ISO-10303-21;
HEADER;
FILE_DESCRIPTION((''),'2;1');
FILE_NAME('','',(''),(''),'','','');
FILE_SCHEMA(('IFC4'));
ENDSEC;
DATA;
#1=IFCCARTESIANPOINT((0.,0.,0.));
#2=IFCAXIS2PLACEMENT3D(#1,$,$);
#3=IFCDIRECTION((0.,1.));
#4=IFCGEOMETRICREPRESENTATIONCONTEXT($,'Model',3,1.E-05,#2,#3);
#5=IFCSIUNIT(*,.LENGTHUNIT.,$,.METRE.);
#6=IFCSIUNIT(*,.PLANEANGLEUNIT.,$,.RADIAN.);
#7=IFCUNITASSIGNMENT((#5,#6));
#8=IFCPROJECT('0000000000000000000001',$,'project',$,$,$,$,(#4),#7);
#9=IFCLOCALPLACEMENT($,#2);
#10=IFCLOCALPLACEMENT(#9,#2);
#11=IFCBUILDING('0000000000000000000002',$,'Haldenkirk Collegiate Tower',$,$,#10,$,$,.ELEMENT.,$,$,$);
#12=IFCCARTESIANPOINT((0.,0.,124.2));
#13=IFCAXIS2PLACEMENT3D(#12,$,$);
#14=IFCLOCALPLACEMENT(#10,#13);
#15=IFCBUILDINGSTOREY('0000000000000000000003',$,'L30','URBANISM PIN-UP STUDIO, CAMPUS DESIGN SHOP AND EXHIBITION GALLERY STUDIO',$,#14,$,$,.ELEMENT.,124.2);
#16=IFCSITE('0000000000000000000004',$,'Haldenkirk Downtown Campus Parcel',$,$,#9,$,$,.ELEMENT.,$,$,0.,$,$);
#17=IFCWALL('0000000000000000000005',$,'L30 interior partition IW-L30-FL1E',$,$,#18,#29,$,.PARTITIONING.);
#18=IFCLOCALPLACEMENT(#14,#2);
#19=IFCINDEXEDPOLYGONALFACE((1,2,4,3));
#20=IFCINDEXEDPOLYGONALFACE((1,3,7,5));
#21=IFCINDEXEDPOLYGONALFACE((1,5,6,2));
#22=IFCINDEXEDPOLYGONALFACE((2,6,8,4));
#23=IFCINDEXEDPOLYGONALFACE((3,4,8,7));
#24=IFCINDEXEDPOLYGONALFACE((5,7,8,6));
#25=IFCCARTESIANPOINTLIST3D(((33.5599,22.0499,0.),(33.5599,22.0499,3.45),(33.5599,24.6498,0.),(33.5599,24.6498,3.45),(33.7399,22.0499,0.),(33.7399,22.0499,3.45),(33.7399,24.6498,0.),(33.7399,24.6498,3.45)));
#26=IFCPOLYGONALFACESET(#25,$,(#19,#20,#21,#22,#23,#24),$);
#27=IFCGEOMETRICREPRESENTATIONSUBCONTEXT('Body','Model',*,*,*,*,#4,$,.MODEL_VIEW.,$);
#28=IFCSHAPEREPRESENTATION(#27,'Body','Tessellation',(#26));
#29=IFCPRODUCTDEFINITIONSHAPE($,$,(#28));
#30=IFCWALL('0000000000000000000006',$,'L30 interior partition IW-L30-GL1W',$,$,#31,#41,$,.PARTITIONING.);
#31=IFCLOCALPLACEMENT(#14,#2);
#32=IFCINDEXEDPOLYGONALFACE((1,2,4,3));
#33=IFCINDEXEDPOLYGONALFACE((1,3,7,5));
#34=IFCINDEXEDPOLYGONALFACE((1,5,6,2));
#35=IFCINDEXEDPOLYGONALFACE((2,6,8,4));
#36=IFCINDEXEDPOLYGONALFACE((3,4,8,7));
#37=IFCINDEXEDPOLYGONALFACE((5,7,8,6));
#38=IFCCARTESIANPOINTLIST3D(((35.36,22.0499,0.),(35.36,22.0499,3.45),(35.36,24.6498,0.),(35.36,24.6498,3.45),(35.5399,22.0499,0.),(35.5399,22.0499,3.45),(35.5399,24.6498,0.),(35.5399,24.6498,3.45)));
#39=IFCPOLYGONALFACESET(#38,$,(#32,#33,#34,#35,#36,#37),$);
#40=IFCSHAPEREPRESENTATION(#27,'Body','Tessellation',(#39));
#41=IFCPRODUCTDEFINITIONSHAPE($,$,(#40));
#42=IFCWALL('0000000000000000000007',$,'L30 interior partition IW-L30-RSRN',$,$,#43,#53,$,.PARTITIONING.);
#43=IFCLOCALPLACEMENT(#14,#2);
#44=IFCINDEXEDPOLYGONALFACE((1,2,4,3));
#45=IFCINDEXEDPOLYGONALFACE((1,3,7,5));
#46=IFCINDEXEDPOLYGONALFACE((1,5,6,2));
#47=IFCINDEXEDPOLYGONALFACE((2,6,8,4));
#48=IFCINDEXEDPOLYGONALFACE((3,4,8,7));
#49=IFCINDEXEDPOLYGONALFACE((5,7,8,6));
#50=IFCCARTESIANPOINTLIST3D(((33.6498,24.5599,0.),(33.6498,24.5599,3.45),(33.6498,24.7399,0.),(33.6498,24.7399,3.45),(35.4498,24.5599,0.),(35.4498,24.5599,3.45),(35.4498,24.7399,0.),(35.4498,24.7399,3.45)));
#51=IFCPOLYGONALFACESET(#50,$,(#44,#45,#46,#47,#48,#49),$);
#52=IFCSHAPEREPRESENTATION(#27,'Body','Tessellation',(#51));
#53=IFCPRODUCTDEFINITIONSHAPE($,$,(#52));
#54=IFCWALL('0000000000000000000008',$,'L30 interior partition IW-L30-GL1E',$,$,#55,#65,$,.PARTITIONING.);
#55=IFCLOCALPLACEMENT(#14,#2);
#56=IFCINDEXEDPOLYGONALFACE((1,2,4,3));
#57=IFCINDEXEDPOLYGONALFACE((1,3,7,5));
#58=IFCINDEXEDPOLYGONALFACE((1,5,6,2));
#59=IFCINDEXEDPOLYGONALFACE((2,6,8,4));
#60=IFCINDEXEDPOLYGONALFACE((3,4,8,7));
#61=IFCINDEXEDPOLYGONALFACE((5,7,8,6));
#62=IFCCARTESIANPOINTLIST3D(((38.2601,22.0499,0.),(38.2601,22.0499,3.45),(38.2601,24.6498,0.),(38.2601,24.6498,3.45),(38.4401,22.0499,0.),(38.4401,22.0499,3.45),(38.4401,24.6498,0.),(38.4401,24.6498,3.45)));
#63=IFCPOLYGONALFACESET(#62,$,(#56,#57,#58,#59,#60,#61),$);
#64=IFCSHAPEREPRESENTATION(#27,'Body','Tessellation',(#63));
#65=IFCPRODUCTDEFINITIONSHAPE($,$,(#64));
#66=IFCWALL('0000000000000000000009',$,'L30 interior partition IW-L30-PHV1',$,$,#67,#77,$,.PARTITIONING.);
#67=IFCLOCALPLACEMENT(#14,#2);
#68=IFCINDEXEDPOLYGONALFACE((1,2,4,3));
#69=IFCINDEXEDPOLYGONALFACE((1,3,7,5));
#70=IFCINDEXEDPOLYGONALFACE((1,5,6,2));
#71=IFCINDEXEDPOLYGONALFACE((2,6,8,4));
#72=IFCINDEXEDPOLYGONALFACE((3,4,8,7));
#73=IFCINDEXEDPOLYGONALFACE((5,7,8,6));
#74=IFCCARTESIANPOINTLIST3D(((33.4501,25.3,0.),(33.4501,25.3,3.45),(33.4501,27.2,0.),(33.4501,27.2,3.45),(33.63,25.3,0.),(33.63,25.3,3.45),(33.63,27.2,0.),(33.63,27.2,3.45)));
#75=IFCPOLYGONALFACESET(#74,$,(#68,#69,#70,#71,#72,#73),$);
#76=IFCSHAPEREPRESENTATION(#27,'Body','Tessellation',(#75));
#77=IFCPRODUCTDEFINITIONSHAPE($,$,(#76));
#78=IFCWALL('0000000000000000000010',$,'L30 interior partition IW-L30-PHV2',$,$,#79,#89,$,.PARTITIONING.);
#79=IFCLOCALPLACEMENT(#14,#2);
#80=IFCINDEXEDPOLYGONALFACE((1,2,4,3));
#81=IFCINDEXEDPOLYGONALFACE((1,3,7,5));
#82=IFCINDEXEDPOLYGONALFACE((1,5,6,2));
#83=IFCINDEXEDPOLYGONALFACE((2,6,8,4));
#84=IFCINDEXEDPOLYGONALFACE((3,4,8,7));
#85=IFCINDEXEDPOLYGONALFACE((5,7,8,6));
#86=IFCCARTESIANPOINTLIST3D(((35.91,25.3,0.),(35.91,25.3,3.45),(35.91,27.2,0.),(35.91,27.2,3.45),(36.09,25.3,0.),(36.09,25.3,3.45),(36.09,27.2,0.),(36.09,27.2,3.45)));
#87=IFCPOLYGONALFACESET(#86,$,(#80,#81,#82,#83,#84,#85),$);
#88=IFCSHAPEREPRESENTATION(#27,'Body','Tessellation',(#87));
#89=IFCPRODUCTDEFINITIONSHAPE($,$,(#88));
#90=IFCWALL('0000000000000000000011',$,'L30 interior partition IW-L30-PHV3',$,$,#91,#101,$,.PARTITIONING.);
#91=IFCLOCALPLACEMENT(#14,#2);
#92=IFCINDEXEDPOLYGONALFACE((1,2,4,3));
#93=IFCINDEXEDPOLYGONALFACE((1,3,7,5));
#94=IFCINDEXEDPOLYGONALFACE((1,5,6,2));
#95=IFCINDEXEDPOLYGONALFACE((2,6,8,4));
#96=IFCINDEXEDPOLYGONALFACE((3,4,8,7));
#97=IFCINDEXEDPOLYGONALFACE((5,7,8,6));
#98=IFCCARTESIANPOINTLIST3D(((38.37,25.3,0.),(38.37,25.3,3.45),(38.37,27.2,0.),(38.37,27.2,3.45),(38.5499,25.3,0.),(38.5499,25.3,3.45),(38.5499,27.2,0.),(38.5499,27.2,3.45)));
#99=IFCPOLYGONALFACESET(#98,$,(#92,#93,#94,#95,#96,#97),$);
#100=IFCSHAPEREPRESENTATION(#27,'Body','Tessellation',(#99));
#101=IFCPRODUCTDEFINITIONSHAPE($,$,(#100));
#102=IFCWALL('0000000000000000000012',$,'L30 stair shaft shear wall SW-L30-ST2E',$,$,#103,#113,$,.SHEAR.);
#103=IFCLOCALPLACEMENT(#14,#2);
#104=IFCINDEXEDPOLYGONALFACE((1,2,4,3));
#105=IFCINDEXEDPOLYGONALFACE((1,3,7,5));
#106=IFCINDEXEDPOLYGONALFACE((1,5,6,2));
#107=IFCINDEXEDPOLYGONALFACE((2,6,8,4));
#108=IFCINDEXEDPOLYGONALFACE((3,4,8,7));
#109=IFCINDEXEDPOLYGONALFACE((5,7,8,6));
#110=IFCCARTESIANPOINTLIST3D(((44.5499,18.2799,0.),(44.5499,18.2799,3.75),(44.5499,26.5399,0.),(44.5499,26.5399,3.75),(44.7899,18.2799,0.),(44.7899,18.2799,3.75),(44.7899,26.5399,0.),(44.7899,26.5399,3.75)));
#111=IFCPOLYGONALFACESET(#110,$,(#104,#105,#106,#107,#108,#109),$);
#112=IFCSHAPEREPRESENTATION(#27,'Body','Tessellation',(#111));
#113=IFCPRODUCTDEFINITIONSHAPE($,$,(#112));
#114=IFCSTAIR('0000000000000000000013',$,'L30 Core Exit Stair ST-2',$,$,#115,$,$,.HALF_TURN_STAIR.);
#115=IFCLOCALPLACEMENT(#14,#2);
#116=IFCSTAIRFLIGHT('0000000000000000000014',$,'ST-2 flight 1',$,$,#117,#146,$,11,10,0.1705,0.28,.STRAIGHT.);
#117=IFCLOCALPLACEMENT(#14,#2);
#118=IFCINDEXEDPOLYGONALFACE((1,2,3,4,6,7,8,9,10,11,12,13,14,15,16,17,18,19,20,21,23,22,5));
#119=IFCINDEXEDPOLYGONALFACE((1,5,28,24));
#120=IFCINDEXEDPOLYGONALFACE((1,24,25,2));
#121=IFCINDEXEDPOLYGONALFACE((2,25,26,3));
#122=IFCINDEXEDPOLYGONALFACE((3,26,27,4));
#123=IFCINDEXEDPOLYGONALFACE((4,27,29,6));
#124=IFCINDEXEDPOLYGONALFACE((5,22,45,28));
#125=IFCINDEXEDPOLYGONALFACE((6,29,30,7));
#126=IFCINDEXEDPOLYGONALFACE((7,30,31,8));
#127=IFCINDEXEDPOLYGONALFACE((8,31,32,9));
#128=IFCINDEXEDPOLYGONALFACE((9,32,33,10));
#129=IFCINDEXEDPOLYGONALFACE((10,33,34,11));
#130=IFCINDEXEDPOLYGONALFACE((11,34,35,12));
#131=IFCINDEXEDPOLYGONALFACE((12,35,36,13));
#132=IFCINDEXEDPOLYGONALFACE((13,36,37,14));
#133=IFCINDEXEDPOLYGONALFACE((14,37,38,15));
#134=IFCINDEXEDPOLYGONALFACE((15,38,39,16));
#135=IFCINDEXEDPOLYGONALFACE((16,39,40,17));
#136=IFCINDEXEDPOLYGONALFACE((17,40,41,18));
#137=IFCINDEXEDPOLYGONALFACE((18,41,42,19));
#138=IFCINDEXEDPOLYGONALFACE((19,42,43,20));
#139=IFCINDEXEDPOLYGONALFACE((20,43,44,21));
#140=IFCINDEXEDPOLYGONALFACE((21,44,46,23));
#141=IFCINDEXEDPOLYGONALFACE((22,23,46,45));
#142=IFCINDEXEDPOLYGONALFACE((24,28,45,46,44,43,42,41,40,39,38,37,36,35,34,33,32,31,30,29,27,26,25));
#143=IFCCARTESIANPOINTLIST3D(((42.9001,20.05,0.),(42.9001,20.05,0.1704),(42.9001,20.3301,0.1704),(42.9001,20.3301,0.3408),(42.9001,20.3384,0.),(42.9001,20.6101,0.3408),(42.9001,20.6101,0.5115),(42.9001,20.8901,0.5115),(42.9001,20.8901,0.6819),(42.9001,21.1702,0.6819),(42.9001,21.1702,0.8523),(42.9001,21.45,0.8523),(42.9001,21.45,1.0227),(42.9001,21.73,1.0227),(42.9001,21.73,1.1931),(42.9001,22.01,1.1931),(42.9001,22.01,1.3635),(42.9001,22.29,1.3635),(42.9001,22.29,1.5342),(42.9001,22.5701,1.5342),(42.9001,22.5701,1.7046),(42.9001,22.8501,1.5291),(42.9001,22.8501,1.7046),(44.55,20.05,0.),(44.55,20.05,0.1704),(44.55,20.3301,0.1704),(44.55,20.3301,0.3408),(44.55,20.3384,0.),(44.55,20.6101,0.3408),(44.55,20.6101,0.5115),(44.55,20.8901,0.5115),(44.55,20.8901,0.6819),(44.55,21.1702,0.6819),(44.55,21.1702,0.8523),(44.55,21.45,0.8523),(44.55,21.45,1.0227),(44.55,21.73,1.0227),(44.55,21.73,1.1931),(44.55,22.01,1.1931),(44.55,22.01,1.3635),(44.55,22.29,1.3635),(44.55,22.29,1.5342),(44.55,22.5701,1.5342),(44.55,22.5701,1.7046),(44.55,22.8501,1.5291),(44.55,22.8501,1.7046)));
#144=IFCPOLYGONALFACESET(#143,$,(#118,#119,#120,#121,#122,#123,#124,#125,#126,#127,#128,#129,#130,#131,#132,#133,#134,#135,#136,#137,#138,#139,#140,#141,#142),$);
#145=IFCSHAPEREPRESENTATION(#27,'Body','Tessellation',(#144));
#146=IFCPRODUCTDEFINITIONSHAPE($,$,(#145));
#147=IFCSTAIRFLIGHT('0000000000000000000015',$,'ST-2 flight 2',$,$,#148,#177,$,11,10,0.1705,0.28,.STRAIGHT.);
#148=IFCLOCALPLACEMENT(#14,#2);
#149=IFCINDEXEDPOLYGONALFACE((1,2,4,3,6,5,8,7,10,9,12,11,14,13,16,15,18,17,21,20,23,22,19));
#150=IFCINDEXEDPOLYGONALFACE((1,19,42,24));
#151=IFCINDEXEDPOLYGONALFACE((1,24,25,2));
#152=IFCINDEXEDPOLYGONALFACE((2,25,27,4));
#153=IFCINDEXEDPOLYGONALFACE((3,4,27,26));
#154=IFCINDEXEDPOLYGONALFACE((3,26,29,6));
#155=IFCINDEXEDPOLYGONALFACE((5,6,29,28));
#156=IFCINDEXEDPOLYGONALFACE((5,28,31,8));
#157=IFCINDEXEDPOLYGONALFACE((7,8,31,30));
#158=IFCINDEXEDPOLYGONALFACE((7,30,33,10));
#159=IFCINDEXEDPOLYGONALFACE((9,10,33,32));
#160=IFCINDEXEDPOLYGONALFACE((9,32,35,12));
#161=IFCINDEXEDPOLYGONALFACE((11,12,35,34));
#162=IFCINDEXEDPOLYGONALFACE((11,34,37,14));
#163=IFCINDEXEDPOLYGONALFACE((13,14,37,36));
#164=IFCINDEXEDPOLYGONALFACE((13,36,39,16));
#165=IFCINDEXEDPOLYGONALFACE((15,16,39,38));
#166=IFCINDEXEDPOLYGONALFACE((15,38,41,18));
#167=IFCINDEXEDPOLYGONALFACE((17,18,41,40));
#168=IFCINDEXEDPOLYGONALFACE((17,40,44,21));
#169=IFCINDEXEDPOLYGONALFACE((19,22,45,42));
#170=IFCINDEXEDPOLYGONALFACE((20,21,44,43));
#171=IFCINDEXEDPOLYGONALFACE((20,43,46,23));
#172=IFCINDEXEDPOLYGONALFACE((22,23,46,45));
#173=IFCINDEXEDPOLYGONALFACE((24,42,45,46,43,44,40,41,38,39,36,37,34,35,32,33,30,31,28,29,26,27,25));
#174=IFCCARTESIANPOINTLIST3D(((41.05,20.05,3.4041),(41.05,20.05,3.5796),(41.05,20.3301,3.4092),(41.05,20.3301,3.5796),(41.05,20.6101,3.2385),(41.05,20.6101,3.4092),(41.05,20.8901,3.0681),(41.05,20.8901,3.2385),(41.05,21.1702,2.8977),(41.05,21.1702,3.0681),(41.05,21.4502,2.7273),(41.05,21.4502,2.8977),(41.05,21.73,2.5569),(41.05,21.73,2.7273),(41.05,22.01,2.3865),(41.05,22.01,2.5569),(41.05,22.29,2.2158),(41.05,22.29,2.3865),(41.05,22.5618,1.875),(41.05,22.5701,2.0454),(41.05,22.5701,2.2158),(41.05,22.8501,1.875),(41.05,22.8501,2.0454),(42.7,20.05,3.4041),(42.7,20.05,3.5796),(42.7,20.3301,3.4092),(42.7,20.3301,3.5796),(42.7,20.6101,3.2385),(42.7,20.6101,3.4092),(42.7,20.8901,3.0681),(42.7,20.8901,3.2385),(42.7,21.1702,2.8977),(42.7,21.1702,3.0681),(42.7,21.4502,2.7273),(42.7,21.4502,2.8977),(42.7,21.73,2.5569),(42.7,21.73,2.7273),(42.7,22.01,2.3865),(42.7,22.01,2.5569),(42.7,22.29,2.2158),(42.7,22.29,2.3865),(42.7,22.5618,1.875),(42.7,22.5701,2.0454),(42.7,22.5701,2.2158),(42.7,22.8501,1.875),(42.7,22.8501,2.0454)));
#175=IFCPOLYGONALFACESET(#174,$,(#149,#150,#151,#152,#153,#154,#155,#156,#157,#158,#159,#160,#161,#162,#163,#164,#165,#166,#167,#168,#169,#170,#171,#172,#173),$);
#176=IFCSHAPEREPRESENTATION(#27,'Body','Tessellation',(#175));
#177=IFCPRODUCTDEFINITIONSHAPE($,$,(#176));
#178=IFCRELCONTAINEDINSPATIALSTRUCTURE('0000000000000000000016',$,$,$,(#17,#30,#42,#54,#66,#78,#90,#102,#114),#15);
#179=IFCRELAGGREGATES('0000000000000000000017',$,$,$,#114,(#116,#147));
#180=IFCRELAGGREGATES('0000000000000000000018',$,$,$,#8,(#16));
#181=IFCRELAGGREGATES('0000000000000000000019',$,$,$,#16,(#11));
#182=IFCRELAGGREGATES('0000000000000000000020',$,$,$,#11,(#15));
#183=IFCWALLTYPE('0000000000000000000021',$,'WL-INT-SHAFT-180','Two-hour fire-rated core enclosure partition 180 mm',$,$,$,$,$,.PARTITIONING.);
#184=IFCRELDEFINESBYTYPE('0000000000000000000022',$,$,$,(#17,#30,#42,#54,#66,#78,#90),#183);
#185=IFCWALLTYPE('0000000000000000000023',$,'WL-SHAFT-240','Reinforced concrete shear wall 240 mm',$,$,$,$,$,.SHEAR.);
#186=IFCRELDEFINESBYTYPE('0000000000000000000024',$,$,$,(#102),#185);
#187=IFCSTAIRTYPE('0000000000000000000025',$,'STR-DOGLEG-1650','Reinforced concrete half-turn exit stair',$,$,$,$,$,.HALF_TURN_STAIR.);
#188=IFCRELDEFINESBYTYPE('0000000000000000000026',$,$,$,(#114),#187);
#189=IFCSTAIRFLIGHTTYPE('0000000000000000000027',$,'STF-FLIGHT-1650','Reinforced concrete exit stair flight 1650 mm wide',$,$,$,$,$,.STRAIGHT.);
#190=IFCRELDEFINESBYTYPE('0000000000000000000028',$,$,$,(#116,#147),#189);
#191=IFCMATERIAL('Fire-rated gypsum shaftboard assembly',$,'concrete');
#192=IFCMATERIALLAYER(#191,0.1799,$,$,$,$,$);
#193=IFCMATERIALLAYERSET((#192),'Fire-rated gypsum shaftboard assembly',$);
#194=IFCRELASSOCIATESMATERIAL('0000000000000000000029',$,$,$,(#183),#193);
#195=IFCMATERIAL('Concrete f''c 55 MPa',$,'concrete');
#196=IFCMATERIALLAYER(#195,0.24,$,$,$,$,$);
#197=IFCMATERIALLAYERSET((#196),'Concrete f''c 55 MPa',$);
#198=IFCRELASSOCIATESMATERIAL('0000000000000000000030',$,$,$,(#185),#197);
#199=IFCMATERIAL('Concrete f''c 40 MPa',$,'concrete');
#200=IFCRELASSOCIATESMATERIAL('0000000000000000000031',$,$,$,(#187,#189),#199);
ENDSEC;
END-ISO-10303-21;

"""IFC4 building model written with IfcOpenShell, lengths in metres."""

from ifc_helpers import new_model, si_unit, direction, frame, frame_2d, origin, place, context, subcontext, project, spatial, polyline, rectangle, outline, extrude, material, layer, layer_set, type_object, element, aggregate, save


model = new_model("IFC4")

# Units and contexts
model_context = context("Model", 3, precision=1e-05, world=origin(), true_north=direction((0.0, 1.0)))
body_context = subcontext(model_context, "Body", "Model", "MODEL_VIEW")
ifc_project = project(units=[si_unit("LENGTHUNIT", "METRE"), si_unit("PLANEANGLEUNIT", "RADIAN")], contexts=[model_context])

# Site, building, storey
site_placement = place(None, origin())
site = spatial("IfcSite", under=ifc_project, at=site_placement, Name="Haldenkirk Downtown Campus Parcel", CompositionType="ELEMENT", RefElevation=0.0)
building_placement = place(site_placement, origin())
building = spatial("IfcBuilding", under=site, at=building_placement, Name="Haldenkirk Collegiate Tower", CompositionType="ELEMENT")
storey_placement = place(building_placement, frame((0.0, 0.0, 124.2)))
storey = spatial("IfcBuildingStorey", under=building, at=storey_placement, Name="L30", Description="URBANISM PIN-UP STUDIO, CAMPUS DESIGN SHOP AND EXHIBITION GALLERY STUDIO", CompositionType="ELEMENT", Elevation=124.2)

# Walls
ifc_material_1 = material(Name="Fire-rated gypsum shaftboard assembly", Category="concrete")
ifc_layer_1 = layer(ifc_material_1, 0.1799)
ifc_layer_set_1 = layer_set([ifc_layer_1], Name="Fire-rated gypsum shaftboard assembly")
wall_type_1 = type_object("IfcWallType", Name="WL-INT-SHAFT-180", Description="Two-hour fire-rated core enclosure partition 180 mm", PredefinedType="PARTITIONING", material=ifc_layer_set_1)
for number, where, z_axis, x_axis, name in (
    (1, (33.6499, 22.05, 0.0), (0.0, 0.0, 1.0), (0.0, 1.0, 0.0), "L30 interior partition IW-L30-FL1E"),
    (2, (35.45, 22.05, 0.0), (0.0, 0.0, 1.0), (0.0, 1.0, 0.0), "L30 interior partition IW-L30-GL1W"),
):
    element("IfcWall", number, at=place(storey_placement, frame(where, z_axis=z_axis, x_axis=x_axis)), inside=storey, type_object=wall_type_1, Name=name, PredefinedType="PARTITIONING", context=body_context, shape_type="SweptSolid", body=[
        extrude(rectangle(XDim=2.5999, YDim=0.1799, at=frame_2d((1.2998, 0.0))), origin(), (0.0, 0.0, 1.0), 3.45),
    ])
wall_1_placement = place(storey_placement, frame((33.6499, 24.6499, 0.0), z_axis=(0.0, 0.0, 1.0), x_axis=(1.0, 0.0, 0.0)))
element("IfcWall", 3, at=wall_1_placement, inside=storey, type_object=wall_type_1, Name="L30 interior partition IW-L30-RSRN", PredefinedType="PARTITIONING", context=body_context, shape_type="SweptSolid", body=[
    extrude(rectangle(XDim=1.8, YDim=0.1799, at=frame_2d((0.8999, 0.0))), origin(), (0.0, 0.0, 1.0), 3.45),
])
wall_2_placement = place(storey_placement, frame((38.3501, 22.05, 0.0), z_axis=(0.0, 0.0, 1.0), x_axis=(0.0, 1.0, 0.0)))
element("IfcWall", 4, at=wall_2_placement, inside=storey, type_object=wall_type_1, Name="L30 interior partition IW-L30-GL1E", PredefinedType="PARTITIONING", context=body_context, shape_type="SweptSolid", body=[
    extrude(rectangle(XDim=2.5999, YDim=0.1799, at=frame_2d((1.2998, 0.0))), origin(), (0.0, 0.0, 1.0), 3.45),
])
for number, where, z_axis, x_axis, name in (
    (5, (33.54, 25.3, 0.0), (0.0, 0.0, 1.0), (0.0, 1.0, 0.0), "L30 interior partition IW-L30-PHV1"),
    (6, (36.0, 25.3, 0.0), (0.0, 0.0, 1.0), (0.0, 1.0, 0.0), "L30 interior partition IW-L30-PHV2"),
    (7, (38.46, 25.3, 0.0), (0.0, 0.0, 1.0), (0.0, 1.0, 0.0), "L30 interior partition IW-L30-PHV3"),
):
    element("IfcWall", number, at=place(storey_placement, frame(where, z_axis=z_axis, x_axis=x_axis)), inside=storey, type_object=wall_type_1, Name=name, PredefinedType="PARTITIONING", context=body_context, shape_type="SweptSolid", body=[
        extrude(rectangle(XDim=1.8999, YDim=0.1799, at=frame_2d((0.95, 0.0))), origin(), (0.0, 0.0, 1.0), 3.45),
    ])

# Wall
ifc_material_2 = material(Name="Concrete f'c 55 MPa", Category="concrete")
ifc_layer_2 = layer(ifc_material_2, 0.24)
ifc_layer_set_2 = layer_set([ifc_layer_2], Name="Concrete f'c 55 MPa")
wall_type_2 = type_object("IfcWallType", Name="WL-SHAFT-240", Description="Reinforced concrete shear wall 240 mm", PredefinedType="SHEAR", material=ifc_layer_set_2)
wall_3_placement = place(storey_placement, frame((44.6699, 18.28, 0.0), z_axis=(0.0, 0.0, 1.0), x_axis=(0.0, 1.0, 0.0)))
element("IfcWall", 8, at=wall_3_placement, inside=storey, type_object=wall_type_2, Name="L30 stair shaft shear wall SW-L30-ST2E", PredefinedType="SHEAR", context=body_context, shape_type="SweptSolid", body=[
    extrude(rectangle(XDim=8.26, YDim=0.24, at=frame_2d((4.1299, 0.0))), origin(), (0.0, 0.0, 1.0), 3.75),
])

# Stair, stair flights
ifc_material_3 = material(Name="Concrete f'c 40 MPa", Category="concrete")
stair_type = type_object("IfcStairType", Name="STR-DOGLEG-1650", Description="Reinforced concrete half-turn exit stair", PredefinedType="HALF_TURN_STAIR", material=ifc_material_3)
stair_placement = place(storey_placement, origin())
stair = element("IfcStair", 9, at=stair_placement, inside=storey, type_object=stair_type, Name="L30 Core Exit Stair ST-2", PredefinedType="HALF_TURN_STAIR")
stair_flight_type = type_object("IfcStairFlightType", Name="STF-FLIGHT-1650", Description="Reinforced concrete exit stair flight 1650 mm wide", PredefinedType="STRAIGHT", material=ifc_material_3)
stair_flight_1_placement = place(storey_placement, frame((43.7251, 20.05, 0.0), z_axis=(0.0, 0.0, 1.0), x_axis=(0.0, 1.0, 0.0)))
stair_flight_1 = element("IfcStairFlight", 10, at=stair_flight_1_placement, type_object=stair_flight_type, Name="ST-2 flight 1", NumberOfRisers=11, NumberOfTreads=10, PredefinedType="STRAIGHT", RiserHeight=0.1705, TreadLength=0.28, context=body_context, shape_type="SweptSolid", body=[
    extrude(outline(polyline([(0.0, 0.0), (0.0, 0.1704), (0.28, 0.1704), (0.28, 0.3408), (0.5601, 0.3408), (0.5601, 0.5115), (0.8401, 0.5115), (0.8401, 0.6819), (1.1201, 0.6819), (1.1201, 0.8523), (1.3999, 0.8523), (1.3999, 1.0227), (1.6799, 1.0227), (1.6799, 1.1931), (1.96, 1.1931), (1.96, 1.3635), (2.24, 1.3635), (2.24, 1.5342), (2.52, 1.5342), (2.52, 1.7046), (2.8, 1.7046), (2.8, 1.875), (2.8, 1.5291), (0.2883, 0.0), (0.0, 0.0)])), frame((0.0, 0.825, 0.0), z_axis=(0.0, -1.0, 0.0), x_axis=(1.0, 0.0, 0.0)), (0.0, 0.0, 1.0), 1.6499),
])
stair_flight_2_placement = place(storey_placement, frame((41.875, 22.8501, 1.875), z_axis=(0.0, 0.0, 1.0), x_axis=(0.0, -1.0, 0.0)))
stair_flight_2 = element("IfcStairFlight", 11, at=stair_flight_2_placement, type_object=stair_flight_type, Name="ST-2 flight 2", NumberOfRisers=11, NumberOfTreads=10, PredefinedType="STRAIGHT", RiserHeight=0.1705, TreadLength=0.28, context=body_context, shape_type="SweptSolid", body=[
    extrude(outline(polyline([(0.0, 0.0), (0.0, 0.1704), (0.28, 0.1704), (0.28, 0.3408), (0.5601, 0.3408), (0.5601, 0.5115), (0.8401, 0.5115), (0.8401, 0.6819), (1.1201, 0.6819), (1.1201, 0.8523), (1.3999, 0.8523), (1.3999, 1.0227), (1.6799, 1.0227), (1.6799, 1.1931), (1.96, 1.1931), (1.96, 1.3635), (2.24, 1.3635), (2.24, 1.5342), (2.52, 1.5342), (2.52, 1.7046), (2.8, 1.7046), (2.8, 1.875), (2.8, 1.5291), (0.2883, 0.0), (0.0, 0.0)])), frame((0.0, 0.825, 0.0), z_axis=(0.0, -1.0, 0.0), x_axis=(1.0, 0.0, 0.0)), (0.0, 0.0, 1.0), 1.6499),
])
aggregate(stair, [stair_flight_1, stair_flight_2])

save(model, "model.ifc")
